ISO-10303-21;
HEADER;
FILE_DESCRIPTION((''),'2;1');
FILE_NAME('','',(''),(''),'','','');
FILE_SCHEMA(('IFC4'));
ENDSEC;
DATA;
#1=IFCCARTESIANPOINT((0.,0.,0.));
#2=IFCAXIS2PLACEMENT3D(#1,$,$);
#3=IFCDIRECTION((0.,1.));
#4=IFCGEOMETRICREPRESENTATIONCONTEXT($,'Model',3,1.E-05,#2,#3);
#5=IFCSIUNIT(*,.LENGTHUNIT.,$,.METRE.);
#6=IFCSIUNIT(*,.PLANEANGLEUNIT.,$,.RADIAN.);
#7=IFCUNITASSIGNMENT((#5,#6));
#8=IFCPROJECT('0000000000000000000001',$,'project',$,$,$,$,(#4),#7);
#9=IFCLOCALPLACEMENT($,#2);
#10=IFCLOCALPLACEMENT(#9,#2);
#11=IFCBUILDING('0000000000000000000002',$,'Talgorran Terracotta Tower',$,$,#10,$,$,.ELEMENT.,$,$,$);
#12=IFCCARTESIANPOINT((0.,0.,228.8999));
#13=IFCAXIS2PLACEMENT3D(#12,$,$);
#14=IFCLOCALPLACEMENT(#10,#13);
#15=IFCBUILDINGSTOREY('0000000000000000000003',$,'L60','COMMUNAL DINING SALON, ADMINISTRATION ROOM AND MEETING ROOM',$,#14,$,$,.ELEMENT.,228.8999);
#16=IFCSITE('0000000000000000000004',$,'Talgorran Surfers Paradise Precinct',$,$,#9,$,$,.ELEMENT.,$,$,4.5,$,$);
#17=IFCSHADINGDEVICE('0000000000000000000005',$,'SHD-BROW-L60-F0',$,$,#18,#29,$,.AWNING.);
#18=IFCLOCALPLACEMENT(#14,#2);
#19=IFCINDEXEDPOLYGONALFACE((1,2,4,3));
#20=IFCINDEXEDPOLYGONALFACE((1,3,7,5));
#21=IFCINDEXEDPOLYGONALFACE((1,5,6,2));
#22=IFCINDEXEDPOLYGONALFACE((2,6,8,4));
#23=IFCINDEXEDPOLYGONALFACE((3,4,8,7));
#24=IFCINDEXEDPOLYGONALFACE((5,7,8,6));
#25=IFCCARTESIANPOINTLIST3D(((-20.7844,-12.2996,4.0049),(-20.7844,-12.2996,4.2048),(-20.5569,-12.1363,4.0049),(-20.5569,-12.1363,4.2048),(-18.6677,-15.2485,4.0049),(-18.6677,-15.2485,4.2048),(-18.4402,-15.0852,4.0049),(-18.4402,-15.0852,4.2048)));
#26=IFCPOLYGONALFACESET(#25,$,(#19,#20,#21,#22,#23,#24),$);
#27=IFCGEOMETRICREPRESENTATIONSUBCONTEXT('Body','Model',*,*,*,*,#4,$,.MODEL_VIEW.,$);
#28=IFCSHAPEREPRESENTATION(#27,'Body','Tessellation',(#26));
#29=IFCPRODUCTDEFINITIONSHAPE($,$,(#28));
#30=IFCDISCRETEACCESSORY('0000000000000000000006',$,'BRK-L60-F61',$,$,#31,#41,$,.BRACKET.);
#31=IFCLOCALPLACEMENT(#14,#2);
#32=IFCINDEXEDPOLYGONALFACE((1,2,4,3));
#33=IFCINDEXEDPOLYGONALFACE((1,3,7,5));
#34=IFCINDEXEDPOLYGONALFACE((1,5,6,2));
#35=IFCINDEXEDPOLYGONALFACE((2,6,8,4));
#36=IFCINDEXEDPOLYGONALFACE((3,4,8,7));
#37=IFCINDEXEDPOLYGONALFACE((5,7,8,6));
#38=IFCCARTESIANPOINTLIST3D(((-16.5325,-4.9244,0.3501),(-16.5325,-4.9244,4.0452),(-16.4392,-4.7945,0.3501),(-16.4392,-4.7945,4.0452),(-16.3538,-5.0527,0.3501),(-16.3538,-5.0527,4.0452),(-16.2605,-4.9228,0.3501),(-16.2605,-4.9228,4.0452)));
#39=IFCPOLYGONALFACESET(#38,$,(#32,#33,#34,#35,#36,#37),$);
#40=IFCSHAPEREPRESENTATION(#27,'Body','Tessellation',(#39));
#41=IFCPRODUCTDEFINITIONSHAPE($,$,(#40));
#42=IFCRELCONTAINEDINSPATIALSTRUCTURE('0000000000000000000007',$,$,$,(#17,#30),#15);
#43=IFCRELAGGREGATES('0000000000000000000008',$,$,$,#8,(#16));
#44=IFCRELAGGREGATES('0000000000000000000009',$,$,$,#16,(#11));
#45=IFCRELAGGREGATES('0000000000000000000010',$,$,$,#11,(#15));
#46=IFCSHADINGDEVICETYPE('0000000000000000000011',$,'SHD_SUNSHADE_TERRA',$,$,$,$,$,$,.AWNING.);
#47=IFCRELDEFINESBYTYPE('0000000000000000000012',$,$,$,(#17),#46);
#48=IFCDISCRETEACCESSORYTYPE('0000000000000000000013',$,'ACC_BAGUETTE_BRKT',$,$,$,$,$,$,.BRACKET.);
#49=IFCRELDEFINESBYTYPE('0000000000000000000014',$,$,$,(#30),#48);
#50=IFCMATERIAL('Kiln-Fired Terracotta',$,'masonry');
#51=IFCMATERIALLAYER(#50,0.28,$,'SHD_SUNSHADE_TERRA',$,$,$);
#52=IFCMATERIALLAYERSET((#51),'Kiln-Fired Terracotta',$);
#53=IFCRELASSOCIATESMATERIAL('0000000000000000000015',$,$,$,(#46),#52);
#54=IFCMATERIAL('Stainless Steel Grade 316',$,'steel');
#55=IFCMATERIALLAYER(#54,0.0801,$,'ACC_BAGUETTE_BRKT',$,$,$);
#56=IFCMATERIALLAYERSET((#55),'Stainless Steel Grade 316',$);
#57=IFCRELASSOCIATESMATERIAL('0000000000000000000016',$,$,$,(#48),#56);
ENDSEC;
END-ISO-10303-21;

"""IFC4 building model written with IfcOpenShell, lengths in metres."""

from ifc_helpers import new_model, si_unit, direction, frame, origin, origin_2d, place, context, subcontext, project, spatial, rectangle, extrude, source, transform, mapped, material, layer, layer_set, type_object, type_shapes, element, save


model = new_model("IFC4")

# Units and contexts
model_context = context("Model", 3, precision=1e-05, world=origin(), true_north=direction((0.0, 1.0)))
body_context = subcontext(model_context, "Body", "Model", "MODEL_VIEW")
ifc_project = project(units=[si_unit("LENGTHUNIT", "METRE"), si_unit("PLANEANGLEUNIT", "RADIAN")], contexts=[model_context])

# Site, building, storey
site_placement = place(None, origin())
site = spatial("IfcSite", under=ifc_project, at=site_placement, Name="Talgorran Surfers Paradise Precinct", CompositionType="ELEMENT", RefElevation=4.5)
building_placement = place(site_placement, origin())
building = spatial("IfcBuilding", under=site, at=building_placement, Name="Talgorran Terracotta Tower", CompositionType="ELEMENT")
storey_placement = place(building_placement, frame((0.0, 0.0, 228.8999)))
storey = spatial("IfcBuildingStorey", under=building, at=storey_placement, Name="L60", Description="COMMUNAL DINING SALON, ADMINISTRATION ROOM AND MEETING ROOM", CompositionType="ELEMENT", Elevation=228.8999)

# Shading device
ifc_material_1 = material(Name="Kiln-Fired Terracotta", Category="masonry")
ifc_layer_1 = layer(ifc_material_1, 0.28, Name="SHD_SUNSHADE_TERRA")
ifc_layer_set_1 = layer_set([ifc_layer_1], Name="Kiln-Fired Terracotta")
shading_device_type = type_object("IfcShadingDeviceType", Name="SHD_SUNSHADE_TERRA", PredefinedType="AWNING", material=ifc_layer_set_1)
shared_shape_1 = source(origin(), body_context, "Body", "SweptSolid", [
    extrude(rectangle(XDim=3.6299, YDim=0.28, at=origin_2d()), origin(), (0.0, 0.0, 1.0), 0.2),
])
type_shapes(shading_device_type, [shared_shape_1])
shading_device_placement = place(storey_placement, frame((-19.6123, -13.6924, 4.0049), z_axis=(0.0, 0.0, 1.0), x_axis=(0.583116, -0.812389, 0.0)))
element("IfcShadingDevice", 1, at=shading_device_placement, inside=storey, type_object=shading_device_type, Name="SHD-BROW-L60-F0", PredefinedType="AWNING", context=body_context, shape_type="MappedRepresentation", body=[
    mapped(shared_shape_1, transform((0.0, 0.0, 0.0), scale=1.0)),
])

# Discrete accessory
ifc_material_2 = material(Name="Stainless Steel Grade 316", Category="steel")
ifc_layer_2 = layer(ifc_material_2, 0.0801, Name="ACC_BAGUETTE_BRKT")
ifc_layer_set_2 = layer_set([ifc_layer_2], Name="Stainless Steel Grade 316")
discrete_accessory_type = type_object("IfcDiscreteAccessoryType", Name="ACC_BAGUETTE_BRKT", PredefinedType="BRACKET", material=ifc_layer_set_2)
shared_shape_2 = source(origin(), body_context, "Body", "SweptSolid", [
    extrude(rectangle(XDim=0.1599, YDim=0.22, at=origin_2d()), origin(), (0.0, 0.0, 1.0), 3.6951),
])
type_shapes(discrete_accessory_type, [shared_shape_2])
discrete_accessory_placement = place(storey_placement, frame((-16.3965, -4.9236, 0.3501), z_axis=(0.0, 0.0, 1.0), x_axis=(-0.583116, -0.812389, 0.0)))
element("IfcDiscreteAccessory", 2, at=discrete_accessory_placement, inside=storey, type_object=discrete_accessory_type, Name="BRK-L60-F61", PredefinedType="BRACKET", context=body_context, shape_type="MappedRepresentation", body=[
    mapped(shared_shape_2, transform((0.0, 0.0, 0.0), scale=1.0)),
])

save(model, "model.ifc")
